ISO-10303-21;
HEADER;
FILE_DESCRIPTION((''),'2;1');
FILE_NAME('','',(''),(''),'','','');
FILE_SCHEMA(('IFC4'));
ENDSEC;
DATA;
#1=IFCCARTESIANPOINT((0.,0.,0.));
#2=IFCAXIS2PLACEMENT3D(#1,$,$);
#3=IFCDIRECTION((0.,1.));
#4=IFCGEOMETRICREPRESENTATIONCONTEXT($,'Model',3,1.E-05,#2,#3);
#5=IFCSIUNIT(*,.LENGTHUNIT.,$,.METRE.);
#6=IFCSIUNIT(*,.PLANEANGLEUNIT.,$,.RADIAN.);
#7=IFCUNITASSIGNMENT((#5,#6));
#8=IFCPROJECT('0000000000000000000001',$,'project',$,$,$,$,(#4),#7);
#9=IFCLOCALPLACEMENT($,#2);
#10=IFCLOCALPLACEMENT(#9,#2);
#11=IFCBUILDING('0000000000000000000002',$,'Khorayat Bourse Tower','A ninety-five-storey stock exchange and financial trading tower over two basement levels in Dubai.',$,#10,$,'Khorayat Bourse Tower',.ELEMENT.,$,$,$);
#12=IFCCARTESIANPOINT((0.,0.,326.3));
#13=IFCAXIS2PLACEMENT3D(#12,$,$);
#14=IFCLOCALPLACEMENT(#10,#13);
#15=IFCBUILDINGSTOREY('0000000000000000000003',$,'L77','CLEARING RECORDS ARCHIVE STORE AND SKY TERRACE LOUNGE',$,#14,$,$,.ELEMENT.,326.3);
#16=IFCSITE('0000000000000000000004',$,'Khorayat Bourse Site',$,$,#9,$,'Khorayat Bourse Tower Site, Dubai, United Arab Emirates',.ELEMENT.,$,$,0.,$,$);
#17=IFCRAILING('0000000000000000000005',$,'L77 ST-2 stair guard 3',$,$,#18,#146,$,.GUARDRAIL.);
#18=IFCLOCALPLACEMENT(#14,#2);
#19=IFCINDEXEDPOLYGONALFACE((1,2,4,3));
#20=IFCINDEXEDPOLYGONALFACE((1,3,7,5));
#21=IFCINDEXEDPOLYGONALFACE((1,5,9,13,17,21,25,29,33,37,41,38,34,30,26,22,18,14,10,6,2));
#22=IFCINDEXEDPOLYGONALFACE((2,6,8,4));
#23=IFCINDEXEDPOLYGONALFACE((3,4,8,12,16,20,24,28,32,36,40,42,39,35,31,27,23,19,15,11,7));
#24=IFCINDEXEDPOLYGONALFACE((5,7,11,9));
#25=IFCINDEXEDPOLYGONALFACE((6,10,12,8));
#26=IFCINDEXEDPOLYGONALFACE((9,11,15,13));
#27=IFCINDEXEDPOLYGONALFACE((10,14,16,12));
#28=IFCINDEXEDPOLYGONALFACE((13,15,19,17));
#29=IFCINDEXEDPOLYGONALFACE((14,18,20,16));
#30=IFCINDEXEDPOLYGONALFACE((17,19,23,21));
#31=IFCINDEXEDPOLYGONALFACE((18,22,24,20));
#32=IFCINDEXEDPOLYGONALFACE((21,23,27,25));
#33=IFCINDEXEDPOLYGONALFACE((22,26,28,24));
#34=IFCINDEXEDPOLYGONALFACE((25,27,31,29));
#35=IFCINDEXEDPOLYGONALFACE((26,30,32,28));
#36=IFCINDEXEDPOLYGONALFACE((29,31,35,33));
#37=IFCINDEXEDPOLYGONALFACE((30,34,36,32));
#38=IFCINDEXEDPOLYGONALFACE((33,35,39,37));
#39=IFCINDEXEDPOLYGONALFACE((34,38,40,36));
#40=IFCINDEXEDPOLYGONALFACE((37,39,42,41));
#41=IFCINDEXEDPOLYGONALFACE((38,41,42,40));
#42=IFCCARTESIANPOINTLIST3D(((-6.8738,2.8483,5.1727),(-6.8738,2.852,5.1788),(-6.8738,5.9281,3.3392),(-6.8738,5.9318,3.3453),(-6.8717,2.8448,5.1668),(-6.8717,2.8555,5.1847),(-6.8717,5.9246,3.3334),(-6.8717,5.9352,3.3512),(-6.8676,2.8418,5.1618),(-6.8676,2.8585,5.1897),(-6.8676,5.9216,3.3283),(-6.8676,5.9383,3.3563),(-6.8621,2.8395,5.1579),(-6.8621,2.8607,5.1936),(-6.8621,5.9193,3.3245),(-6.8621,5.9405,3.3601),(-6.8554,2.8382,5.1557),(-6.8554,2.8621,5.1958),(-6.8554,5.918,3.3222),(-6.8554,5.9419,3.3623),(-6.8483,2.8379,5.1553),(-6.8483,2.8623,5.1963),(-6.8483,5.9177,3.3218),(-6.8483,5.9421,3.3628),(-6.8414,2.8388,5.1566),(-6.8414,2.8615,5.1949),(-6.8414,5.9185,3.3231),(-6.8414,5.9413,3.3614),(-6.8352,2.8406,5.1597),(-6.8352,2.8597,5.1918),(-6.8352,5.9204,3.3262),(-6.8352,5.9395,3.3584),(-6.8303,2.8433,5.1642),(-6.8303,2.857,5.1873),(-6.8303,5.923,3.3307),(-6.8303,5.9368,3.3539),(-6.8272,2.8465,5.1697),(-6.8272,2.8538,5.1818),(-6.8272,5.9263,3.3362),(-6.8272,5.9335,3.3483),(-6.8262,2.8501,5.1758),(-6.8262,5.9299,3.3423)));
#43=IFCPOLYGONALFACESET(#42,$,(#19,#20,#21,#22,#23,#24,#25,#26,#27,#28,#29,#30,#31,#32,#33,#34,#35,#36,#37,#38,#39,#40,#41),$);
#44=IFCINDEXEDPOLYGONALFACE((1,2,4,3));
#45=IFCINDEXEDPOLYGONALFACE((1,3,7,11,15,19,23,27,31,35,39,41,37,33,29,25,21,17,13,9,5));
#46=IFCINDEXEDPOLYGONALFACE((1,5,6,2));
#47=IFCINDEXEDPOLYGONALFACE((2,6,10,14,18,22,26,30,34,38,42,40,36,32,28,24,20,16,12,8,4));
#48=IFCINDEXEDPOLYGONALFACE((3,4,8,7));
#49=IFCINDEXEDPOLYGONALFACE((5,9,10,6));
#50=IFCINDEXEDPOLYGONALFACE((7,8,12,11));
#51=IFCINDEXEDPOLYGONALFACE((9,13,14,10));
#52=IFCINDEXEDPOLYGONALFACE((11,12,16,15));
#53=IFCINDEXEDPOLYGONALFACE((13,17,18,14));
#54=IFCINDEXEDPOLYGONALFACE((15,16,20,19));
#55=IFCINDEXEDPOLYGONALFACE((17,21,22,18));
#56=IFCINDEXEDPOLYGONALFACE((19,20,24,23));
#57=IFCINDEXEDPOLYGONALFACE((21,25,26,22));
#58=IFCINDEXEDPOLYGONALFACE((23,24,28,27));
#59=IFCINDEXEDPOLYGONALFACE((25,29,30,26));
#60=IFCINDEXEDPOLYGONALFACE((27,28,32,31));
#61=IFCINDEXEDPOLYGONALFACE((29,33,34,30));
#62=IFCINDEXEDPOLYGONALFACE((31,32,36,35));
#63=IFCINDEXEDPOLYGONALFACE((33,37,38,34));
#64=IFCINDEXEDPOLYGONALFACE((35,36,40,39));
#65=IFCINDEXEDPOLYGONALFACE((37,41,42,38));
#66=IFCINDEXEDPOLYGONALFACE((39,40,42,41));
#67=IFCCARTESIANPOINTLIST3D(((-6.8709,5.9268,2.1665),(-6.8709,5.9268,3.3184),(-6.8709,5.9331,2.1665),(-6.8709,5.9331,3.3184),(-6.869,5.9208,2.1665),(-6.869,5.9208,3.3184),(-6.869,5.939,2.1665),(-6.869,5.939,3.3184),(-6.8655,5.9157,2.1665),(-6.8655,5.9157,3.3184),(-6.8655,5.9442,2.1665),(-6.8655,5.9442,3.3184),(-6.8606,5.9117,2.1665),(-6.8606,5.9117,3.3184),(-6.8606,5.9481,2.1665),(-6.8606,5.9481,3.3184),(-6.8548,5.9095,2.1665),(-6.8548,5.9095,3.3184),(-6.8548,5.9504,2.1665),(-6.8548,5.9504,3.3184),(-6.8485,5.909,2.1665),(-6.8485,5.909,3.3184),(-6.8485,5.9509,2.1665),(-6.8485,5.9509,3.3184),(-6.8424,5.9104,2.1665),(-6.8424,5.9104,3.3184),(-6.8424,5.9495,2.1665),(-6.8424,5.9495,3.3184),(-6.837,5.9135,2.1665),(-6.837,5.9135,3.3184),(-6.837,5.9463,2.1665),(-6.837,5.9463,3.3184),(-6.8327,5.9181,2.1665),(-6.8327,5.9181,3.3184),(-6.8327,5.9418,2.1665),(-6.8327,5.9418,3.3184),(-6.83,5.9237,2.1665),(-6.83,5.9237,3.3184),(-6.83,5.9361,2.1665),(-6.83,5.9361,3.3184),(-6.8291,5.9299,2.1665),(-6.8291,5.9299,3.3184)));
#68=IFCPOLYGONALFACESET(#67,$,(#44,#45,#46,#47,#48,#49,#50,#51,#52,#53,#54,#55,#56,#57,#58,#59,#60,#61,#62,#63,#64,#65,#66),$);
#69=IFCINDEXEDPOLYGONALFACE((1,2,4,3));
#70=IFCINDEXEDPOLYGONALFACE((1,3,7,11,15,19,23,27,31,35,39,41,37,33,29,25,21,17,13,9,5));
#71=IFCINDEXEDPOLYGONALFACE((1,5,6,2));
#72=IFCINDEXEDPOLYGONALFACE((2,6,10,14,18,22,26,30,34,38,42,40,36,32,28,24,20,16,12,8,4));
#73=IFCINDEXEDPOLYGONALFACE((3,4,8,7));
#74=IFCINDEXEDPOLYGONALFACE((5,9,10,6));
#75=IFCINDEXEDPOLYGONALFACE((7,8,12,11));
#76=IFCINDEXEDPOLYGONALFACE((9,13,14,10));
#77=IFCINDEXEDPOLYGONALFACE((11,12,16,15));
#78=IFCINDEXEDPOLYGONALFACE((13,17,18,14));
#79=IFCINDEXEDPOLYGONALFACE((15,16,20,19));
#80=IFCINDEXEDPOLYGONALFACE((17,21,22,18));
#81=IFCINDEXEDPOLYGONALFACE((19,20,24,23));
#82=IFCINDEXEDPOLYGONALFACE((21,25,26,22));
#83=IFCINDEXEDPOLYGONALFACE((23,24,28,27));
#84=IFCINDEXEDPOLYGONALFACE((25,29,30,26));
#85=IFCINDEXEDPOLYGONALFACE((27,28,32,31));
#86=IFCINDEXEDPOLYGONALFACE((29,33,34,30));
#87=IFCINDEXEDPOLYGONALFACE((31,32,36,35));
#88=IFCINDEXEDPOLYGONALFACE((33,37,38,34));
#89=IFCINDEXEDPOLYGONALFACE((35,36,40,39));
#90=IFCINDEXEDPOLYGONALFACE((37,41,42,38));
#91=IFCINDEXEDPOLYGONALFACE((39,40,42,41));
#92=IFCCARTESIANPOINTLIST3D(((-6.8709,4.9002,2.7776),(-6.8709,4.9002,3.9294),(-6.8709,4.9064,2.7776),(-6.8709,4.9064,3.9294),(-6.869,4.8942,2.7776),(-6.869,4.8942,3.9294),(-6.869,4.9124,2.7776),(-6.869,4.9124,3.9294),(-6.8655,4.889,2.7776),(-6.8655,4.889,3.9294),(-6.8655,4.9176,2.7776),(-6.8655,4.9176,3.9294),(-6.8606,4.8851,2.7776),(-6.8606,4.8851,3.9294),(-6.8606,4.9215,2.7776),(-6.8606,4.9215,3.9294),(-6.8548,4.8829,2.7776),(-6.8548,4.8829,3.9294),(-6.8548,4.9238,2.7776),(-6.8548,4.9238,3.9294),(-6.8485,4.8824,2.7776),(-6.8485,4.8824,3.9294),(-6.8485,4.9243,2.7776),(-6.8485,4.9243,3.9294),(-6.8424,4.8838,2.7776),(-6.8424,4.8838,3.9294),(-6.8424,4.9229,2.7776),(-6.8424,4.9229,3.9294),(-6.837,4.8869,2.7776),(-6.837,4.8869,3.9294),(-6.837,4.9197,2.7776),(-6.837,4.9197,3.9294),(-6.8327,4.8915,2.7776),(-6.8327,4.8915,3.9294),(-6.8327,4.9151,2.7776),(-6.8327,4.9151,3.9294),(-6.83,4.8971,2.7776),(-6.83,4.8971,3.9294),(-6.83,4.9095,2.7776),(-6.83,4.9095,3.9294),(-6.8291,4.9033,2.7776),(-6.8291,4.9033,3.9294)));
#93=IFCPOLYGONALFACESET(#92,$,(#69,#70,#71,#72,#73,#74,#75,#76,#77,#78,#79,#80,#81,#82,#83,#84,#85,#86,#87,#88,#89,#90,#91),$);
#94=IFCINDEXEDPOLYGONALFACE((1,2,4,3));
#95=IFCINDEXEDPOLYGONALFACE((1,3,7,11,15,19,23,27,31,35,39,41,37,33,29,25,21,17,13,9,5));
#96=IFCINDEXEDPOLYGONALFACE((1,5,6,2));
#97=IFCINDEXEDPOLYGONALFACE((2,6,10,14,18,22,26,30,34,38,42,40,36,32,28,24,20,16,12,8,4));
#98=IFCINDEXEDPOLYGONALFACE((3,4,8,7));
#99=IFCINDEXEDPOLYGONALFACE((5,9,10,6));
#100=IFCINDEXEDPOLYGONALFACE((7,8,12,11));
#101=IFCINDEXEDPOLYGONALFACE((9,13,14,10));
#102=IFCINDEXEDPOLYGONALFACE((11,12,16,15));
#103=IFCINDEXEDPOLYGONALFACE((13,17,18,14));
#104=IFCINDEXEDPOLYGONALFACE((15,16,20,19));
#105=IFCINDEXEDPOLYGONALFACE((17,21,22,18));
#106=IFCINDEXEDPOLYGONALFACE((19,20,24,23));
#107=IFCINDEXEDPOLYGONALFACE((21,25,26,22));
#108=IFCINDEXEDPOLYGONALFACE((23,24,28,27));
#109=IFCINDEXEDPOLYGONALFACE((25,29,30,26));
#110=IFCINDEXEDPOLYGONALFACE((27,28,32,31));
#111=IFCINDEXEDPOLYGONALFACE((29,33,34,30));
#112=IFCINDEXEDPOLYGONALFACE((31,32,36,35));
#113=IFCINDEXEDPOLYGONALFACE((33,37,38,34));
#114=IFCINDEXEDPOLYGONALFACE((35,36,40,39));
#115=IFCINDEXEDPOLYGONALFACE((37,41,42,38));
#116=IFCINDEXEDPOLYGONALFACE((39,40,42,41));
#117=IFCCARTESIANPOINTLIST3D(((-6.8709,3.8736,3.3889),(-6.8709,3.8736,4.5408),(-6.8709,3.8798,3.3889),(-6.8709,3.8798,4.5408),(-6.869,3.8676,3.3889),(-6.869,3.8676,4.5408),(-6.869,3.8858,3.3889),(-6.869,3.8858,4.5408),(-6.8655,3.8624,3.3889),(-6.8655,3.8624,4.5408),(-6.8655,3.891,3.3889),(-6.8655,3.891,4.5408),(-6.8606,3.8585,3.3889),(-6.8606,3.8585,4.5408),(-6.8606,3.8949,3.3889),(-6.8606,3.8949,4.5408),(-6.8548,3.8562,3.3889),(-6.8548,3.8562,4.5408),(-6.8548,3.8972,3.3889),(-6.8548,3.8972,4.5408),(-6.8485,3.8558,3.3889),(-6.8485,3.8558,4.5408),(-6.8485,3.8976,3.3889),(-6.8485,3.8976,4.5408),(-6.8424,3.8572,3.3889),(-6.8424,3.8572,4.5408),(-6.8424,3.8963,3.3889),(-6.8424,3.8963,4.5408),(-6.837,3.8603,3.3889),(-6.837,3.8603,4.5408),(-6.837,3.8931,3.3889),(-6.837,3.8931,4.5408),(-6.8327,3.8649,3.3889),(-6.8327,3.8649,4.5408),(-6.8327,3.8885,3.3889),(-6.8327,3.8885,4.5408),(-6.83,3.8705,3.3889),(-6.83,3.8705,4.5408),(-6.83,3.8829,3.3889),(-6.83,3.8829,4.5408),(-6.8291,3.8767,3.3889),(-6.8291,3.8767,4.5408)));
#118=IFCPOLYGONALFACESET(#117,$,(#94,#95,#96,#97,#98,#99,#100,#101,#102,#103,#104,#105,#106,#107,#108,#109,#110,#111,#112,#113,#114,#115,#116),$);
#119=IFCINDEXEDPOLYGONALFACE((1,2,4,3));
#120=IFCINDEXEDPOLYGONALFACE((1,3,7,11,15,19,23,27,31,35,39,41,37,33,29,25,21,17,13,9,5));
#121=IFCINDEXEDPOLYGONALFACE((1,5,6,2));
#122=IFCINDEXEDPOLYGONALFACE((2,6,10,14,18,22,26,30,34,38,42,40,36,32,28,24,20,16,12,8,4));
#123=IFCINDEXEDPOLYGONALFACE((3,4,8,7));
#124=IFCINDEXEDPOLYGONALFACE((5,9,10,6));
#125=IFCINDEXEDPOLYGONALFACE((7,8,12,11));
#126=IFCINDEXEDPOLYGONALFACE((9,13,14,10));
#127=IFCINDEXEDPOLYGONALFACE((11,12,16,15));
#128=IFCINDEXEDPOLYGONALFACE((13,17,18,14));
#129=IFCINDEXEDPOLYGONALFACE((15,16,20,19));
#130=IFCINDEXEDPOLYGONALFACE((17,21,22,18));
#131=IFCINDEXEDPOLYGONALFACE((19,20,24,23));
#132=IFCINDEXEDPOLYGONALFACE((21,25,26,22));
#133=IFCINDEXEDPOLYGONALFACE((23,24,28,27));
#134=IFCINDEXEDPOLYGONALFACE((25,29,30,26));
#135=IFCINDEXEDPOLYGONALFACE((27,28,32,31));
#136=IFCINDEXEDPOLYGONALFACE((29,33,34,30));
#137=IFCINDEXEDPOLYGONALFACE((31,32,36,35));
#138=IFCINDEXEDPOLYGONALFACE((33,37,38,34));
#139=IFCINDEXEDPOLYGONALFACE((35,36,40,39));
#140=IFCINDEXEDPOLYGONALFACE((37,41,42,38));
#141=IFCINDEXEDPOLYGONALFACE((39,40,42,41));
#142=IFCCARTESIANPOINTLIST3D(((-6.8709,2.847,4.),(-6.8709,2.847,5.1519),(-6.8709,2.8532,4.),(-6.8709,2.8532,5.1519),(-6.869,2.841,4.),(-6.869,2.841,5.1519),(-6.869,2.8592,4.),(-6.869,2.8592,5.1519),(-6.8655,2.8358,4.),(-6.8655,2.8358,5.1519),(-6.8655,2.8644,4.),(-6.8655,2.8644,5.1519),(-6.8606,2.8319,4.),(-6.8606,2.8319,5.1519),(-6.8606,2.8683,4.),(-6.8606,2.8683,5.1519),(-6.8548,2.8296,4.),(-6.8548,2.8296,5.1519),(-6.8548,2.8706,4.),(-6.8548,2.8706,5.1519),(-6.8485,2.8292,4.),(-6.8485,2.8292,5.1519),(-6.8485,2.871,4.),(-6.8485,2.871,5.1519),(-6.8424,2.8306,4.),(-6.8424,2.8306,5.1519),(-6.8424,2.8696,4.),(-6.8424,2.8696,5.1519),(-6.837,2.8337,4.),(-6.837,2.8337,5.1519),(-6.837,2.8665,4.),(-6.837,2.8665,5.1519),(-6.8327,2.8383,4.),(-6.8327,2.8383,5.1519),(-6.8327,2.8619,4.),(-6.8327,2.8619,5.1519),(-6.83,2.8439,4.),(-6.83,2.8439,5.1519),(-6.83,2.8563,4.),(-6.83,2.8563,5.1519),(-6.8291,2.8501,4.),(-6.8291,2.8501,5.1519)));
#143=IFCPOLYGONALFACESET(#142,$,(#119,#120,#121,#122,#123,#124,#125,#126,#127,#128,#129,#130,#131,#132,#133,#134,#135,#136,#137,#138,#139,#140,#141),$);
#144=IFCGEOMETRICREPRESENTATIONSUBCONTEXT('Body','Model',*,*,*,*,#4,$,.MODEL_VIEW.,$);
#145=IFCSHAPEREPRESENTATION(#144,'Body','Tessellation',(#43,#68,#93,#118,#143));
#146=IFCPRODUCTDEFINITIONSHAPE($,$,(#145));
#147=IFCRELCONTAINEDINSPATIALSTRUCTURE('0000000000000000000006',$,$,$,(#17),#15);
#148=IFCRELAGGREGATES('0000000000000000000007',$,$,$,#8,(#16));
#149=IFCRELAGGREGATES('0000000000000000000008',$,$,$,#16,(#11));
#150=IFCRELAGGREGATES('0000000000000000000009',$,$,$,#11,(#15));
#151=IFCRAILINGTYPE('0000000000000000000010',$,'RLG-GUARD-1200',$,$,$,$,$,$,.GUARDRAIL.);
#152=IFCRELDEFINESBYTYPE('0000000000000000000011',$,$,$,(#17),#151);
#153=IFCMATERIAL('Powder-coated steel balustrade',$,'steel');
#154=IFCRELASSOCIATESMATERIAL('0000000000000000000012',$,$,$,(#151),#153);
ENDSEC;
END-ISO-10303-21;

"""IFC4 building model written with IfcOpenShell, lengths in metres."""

from ifc_helpers import new_model, si_unit, direction, frame, origin, origin_2d, place, context, subcontext, project, spatial, circle, extrude, source, transform, mapped, material, type_object, element, save


model = new_model("IFC4")

# Units and contexts
model_context = context("Model", 3, precision=1e-05, world=origin(), true_north=direction((0.0, 1.0)))
body_context = subcontext(model_context, "Body", "Model", "MODEL_VIEW")
ifc_project = project(units=[si_unit("LENGTHUNIT", "METRE"), si_unit("PLANEANGLEUNIT", "RADIAN")], contexts=[model_context])

# Site, building, storey
site_placement = place(None, origin())
site = spatial("IfcSite", under=ifc_project, at=site_placement, Name="Khorayat Bourse Site", LongName="Khorayat Bourse Tower Site, Dubai, United Arab Emirates", CompositionType="ELEMENT", RefElevation=0.0)
building_placement = place(site_placement, origin())
building = spatial("IfcBuilding", under=site, at=building_placement, Name="Khorayat Bourse Tower", Description="A ninety-five-storey stock exchange and financial trading tower over two basement levels in Dubai.", LongName="Khorayat Bourse Tower", CompositionType="ELEMENT")
storey_placement = place(building_placement, frame((0.0, 0.0, 326.3)))
storey = spatial("IfcBuildingStorey", under=building, at=storey_placement, Name="L77", Description="CLEARING RECORDS ARCHIVE STORE AND SKY TERRACE LOUNGE", CompositionType="ELEMENT", Elevation=326.3)

# Railing
ifc_material_1 = material(Name="Powder-coated steel balustrade", Category="steel")
railing_type_1 = type_object("IfcRailingType", Name="RLG-GUARD-1200", PredefinedType="GUARDRAIL", material=ifc_material_1)
shared_shape_1 = source(origin(), body_context, "Body", "SweptSolid", [
    extrude(circle(Radius=0.0239, at=origin_2d()), frame((0.0, 0.0, 1.1758), z_axis=(0.0, -0.859261, 0.511538), x_axis=(1.0, 0.0, 0.0)), (0.0, 0.0, 1.0), 3.5842),
    extrude(circle(Radius=0.021, at=origin_2d()), origin(), (0.0, 0.0, 1.0), 1.1519),
    extrude(circle(Radius=0.021, at=origin_2d()), frame((0.0, -1.0266, 0.6111)), (0.0, 0.0, 1.0), 1.1519),
    extrude(circle(Radius=0.021, at=origin_2d()), frame((0.0, -2.0532, 1.2224)), (0.0, 0.0, 1.0), 1.1519),
    extrude(circle(Radius=0.021, at=origin_2d()), frame((0.0, -3.0798, 1.8335)), (0.0, 0.0, 1.0), 1.1519),
])
railing_1_placement = place(storey_placement, frame((-6.8501, 5.9299, 2.1665)))
element("IfcRailing", 1, at=railing_1_placement, inside=storey, type_object=railing_type_1, Name="L77 ST-2 stair guard 3", PredefinedType="GUARDRAIL", context=body_context, shape_type="MappedRepresentation", body=[
    mapped(shared_shape_1, transform((0.0, 0.0, 0.0), scale=1.0)),
])

save(model, "model.ifc")
